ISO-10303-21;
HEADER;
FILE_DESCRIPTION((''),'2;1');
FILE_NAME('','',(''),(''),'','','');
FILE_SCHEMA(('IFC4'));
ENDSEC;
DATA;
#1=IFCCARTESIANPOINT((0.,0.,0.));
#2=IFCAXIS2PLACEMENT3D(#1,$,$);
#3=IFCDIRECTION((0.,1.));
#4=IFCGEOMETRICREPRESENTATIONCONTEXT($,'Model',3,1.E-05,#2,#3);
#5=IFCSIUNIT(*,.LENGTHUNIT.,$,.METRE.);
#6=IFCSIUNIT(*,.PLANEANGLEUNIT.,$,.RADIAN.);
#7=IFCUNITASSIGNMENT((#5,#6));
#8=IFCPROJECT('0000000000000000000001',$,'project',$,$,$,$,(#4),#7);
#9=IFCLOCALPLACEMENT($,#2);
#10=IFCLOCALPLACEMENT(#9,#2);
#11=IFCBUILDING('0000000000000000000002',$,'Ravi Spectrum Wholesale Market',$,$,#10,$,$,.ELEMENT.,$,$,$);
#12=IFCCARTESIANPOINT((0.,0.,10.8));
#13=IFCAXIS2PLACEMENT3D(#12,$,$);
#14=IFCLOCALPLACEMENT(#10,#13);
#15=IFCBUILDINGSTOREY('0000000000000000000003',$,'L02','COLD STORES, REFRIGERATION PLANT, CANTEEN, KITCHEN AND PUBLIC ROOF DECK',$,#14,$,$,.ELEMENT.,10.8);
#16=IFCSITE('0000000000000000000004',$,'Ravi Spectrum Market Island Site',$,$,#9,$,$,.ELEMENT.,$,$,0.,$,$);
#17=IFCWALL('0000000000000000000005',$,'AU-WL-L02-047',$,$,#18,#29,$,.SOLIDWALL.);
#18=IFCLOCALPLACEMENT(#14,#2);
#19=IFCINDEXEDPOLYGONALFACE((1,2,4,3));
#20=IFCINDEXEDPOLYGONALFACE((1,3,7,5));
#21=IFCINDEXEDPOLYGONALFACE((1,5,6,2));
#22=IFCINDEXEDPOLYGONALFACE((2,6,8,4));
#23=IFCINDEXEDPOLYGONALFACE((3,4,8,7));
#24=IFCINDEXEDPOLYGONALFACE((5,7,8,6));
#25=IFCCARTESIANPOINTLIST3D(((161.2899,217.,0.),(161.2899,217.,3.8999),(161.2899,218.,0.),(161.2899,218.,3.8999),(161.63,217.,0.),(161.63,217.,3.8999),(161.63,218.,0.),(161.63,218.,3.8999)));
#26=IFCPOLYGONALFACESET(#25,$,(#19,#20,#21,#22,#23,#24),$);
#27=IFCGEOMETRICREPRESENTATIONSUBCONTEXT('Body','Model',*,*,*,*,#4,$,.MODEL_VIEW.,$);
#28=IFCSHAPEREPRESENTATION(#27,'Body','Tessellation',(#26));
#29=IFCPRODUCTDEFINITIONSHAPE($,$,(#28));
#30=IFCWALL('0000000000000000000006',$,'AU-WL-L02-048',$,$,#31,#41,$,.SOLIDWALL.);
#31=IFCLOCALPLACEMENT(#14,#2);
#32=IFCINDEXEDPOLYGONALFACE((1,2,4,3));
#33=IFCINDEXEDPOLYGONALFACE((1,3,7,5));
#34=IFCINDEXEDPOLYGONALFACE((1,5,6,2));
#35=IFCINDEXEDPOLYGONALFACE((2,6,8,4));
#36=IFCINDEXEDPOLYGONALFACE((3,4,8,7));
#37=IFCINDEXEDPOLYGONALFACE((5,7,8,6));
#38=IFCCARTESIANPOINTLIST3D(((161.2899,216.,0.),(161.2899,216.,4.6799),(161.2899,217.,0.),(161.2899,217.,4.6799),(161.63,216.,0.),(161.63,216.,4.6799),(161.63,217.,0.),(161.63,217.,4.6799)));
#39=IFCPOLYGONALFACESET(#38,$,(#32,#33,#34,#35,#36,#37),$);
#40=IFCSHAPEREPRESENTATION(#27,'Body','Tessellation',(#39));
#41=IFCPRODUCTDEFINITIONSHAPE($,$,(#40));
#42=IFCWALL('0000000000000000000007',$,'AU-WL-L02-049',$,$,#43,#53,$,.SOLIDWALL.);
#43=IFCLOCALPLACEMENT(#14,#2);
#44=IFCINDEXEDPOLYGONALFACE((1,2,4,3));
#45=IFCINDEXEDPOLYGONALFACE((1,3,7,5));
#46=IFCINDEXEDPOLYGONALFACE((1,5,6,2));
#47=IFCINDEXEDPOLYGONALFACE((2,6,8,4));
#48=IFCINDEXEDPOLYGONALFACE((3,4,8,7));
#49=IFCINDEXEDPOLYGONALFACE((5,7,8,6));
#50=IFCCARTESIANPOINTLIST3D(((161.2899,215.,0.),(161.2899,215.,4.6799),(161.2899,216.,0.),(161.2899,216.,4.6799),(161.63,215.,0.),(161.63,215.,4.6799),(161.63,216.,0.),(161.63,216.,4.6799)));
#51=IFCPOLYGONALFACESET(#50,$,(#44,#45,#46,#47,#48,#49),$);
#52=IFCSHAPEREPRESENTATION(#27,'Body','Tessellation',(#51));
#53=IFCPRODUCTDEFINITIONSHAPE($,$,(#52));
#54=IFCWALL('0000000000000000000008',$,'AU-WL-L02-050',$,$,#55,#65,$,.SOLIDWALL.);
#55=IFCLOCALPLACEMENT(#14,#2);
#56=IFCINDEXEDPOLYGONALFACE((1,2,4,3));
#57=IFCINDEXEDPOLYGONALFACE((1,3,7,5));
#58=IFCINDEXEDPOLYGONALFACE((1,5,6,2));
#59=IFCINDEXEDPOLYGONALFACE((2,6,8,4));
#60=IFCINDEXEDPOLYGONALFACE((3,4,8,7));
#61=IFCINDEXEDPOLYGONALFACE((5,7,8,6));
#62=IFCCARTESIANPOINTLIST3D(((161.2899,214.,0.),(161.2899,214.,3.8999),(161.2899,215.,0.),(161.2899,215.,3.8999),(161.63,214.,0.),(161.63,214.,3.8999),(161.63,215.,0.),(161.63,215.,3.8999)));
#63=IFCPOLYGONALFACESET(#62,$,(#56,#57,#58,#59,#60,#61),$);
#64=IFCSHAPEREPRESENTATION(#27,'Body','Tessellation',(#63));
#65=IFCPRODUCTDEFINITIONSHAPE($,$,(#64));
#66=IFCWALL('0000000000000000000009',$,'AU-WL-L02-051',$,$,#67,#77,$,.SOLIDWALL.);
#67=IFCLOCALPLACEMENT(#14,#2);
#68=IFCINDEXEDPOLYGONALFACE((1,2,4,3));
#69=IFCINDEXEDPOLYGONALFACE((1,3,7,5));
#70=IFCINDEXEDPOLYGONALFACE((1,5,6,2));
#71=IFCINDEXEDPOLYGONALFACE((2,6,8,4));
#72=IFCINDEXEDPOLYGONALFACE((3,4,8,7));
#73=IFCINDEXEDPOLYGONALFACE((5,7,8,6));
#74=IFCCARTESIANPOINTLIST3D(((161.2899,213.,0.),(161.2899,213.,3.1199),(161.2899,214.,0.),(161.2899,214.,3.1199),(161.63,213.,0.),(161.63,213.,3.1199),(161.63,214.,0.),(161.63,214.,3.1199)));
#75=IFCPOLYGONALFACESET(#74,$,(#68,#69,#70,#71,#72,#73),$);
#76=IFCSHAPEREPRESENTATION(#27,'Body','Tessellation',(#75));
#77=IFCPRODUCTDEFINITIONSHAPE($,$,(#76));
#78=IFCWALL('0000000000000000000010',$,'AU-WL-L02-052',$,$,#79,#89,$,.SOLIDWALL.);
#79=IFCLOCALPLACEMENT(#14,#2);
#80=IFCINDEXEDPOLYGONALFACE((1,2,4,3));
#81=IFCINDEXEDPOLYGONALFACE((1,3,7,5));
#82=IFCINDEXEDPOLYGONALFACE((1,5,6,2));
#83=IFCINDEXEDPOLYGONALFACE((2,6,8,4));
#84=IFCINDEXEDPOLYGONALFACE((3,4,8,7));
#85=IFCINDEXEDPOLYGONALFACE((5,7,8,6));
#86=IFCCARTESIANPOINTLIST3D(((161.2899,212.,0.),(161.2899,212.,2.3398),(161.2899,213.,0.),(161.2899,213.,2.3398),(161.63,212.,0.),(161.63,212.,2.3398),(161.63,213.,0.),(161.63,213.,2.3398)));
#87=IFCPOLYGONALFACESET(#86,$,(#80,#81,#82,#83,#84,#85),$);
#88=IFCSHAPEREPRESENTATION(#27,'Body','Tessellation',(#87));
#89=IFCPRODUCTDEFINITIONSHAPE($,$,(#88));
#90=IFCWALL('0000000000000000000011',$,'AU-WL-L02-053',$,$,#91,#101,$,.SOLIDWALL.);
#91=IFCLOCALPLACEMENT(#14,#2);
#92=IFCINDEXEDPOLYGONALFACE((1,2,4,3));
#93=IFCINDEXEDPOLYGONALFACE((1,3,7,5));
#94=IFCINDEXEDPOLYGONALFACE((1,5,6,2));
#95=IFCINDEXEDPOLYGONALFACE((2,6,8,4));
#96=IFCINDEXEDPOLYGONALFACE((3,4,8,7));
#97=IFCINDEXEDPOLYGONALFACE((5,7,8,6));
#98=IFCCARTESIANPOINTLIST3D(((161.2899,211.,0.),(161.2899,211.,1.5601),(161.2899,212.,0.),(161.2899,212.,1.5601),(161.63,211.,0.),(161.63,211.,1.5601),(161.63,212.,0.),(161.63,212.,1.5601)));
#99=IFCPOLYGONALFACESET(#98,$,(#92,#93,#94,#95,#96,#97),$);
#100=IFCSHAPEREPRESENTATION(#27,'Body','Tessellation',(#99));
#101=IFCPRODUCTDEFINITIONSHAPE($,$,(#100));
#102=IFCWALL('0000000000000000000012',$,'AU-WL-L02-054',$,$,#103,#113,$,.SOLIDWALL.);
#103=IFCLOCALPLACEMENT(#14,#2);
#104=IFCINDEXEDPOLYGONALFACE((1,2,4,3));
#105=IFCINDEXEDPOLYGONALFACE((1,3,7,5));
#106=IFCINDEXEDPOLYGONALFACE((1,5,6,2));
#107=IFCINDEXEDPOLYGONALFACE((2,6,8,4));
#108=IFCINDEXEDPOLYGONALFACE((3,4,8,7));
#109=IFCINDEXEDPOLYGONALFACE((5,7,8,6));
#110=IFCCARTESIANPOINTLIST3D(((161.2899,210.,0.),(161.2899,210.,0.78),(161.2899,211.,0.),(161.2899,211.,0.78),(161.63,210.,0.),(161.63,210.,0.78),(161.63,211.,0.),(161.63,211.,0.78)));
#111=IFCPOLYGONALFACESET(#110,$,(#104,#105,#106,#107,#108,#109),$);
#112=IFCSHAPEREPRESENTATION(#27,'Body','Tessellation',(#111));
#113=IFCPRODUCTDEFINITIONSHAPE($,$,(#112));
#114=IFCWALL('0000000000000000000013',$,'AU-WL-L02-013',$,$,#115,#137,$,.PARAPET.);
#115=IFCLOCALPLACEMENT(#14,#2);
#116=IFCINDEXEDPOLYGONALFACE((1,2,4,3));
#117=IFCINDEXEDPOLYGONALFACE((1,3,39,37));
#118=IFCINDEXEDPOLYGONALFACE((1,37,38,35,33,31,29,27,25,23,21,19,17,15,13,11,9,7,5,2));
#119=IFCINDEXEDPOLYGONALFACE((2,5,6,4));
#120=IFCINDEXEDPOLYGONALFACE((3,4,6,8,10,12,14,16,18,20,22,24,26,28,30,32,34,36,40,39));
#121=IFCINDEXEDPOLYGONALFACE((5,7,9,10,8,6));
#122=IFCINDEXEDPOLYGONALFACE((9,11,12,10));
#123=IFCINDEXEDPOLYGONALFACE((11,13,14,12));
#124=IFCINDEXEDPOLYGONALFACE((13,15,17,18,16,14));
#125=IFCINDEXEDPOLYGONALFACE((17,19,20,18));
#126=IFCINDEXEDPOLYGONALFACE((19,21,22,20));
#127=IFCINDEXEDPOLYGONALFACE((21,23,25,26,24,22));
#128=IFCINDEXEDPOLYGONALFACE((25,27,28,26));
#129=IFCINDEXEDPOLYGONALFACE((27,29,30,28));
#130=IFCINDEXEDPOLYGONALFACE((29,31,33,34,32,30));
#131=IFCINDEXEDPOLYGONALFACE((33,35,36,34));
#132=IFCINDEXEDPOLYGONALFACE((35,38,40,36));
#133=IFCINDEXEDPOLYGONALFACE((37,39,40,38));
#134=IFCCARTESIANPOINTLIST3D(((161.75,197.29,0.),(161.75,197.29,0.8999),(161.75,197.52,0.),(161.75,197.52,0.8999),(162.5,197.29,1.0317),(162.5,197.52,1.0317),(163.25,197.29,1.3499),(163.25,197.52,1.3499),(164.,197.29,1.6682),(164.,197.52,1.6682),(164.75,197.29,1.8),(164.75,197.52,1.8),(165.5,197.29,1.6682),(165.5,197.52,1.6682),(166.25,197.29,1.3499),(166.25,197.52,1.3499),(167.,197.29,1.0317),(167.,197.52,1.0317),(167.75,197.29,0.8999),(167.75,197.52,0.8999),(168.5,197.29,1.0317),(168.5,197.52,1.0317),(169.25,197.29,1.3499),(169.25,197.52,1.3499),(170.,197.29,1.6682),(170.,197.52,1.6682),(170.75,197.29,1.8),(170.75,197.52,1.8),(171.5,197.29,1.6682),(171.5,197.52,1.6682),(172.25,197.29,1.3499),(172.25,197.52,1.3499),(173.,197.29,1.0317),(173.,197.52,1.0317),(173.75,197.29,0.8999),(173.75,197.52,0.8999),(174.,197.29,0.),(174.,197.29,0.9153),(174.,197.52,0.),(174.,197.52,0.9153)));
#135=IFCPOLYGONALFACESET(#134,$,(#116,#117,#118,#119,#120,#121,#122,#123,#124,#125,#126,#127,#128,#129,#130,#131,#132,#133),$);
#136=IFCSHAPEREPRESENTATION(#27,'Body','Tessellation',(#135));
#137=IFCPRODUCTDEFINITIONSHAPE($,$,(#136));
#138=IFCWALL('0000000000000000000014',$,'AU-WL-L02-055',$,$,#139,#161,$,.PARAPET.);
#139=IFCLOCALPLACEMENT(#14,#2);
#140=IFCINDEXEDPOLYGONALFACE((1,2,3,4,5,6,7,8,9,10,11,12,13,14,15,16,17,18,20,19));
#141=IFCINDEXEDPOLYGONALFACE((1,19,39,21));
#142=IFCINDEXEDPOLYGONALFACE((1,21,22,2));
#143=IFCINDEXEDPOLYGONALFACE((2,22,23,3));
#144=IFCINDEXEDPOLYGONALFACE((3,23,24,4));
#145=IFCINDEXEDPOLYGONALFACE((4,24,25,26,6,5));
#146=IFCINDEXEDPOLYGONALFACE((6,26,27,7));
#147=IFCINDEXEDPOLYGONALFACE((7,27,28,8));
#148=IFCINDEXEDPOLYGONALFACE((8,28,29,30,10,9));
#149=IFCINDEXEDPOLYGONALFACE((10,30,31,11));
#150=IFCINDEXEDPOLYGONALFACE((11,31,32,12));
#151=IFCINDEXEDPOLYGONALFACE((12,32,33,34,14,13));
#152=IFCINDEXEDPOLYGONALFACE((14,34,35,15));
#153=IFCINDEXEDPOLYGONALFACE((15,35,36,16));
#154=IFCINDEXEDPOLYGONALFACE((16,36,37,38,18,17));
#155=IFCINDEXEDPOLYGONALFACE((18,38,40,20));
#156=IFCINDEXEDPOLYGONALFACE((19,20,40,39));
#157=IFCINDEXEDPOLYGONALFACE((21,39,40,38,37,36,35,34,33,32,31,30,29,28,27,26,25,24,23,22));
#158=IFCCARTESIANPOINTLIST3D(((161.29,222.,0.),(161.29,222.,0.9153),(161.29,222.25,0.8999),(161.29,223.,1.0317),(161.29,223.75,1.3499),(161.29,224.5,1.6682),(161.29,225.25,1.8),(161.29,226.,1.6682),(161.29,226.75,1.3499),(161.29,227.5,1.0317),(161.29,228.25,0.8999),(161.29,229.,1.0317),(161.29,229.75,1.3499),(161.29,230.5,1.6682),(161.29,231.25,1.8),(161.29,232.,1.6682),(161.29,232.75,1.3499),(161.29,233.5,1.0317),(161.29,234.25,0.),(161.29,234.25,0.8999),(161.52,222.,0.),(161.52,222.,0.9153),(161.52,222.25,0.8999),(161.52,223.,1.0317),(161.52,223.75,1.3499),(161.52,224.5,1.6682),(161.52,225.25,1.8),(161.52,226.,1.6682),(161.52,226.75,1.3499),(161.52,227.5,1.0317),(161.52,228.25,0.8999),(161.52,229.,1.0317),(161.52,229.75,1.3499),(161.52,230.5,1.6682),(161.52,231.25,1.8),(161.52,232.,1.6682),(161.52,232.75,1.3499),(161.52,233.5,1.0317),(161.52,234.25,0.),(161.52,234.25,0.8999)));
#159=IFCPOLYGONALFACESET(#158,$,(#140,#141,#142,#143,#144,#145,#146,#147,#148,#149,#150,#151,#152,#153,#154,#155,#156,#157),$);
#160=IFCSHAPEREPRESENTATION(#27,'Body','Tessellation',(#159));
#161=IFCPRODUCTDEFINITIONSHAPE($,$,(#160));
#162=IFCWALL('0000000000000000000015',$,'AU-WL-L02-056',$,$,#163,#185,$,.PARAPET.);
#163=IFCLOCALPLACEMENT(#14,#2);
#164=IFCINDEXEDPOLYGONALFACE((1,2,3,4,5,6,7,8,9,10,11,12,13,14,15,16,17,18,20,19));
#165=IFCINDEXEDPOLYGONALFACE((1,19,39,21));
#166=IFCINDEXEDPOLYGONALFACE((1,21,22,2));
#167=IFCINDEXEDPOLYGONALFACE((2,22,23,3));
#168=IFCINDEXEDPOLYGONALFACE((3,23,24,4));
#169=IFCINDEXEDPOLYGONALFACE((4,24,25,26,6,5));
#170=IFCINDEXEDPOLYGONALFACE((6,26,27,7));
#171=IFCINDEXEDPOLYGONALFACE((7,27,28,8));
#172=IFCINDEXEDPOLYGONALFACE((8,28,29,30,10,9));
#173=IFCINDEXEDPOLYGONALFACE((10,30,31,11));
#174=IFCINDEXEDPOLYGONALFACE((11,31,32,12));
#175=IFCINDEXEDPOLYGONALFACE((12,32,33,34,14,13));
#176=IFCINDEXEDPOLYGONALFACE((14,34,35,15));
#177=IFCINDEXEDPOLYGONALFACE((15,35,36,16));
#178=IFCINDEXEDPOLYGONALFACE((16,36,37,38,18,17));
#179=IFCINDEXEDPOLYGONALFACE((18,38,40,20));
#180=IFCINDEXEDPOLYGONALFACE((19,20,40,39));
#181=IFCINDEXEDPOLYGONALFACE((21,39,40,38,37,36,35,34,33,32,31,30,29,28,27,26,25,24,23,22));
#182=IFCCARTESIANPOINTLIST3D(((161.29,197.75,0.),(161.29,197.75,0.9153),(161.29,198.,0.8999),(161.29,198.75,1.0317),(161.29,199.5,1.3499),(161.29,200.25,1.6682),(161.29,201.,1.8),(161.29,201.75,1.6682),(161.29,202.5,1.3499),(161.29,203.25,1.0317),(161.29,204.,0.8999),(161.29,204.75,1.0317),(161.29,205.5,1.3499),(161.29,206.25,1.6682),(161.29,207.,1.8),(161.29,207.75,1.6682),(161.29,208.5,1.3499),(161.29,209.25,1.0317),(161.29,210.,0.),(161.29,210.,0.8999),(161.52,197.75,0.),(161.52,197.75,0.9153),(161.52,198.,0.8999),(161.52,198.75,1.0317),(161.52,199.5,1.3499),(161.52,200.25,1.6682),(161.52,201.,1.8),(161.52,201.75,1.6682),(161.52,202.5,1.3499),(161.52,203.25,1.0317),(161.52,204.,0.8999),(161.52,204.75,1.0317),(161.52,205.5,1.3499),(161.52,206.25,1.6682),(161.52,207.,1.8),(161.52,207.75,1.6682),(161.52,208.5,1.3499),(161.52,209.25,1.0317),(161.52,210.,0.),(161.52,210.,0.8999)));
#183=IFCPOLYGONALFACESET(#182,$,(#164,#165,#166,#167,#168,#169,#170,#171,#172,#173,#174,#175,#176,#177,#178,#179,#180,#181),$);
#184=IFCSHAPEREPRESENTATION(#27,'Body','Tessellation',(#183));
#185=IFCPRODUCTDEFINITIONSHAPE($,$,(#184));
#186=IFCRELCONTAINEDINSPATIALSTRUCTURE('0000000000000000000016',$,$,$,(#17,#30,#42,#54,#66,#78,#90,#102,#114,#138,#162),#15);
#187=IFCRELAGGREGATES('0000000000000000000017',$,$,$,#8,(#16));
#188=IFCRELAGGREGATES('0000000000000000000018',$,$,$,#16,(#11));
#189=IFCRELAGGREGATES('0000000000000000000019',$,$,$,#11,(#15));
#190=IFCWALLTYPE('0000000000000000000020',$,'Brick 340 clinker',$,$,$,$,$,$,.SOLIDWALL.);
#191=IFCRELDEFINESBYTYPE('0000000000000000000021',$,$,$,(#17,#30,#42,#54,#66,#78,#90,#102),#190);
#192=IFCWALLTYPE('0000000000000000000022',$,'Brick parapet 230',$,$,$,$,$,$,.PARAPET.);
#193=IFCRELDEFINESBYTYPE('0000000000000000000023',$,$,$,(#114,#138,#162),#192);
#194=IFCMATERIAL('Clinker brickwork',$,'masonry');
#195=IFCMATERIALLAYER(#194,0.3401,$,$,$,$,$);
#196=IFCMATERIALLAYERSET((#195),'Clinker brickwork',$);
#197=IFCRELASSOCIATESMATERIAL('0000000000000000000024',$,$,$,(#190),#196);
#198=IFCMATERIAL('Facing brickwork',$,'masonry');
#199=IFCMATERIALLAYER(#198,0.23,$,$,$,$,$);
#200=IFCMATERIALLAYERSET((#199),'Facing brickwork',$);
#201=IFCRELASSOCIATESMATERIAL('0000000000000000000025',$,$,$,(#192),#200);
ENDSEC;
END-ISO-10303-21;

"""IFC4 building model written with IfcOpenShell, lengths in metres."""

from ifc_helpers import new_model, si_unit, direction, frame, frame_2d, origin, place, context, subcontext, project, spatial, polyline, rectangle, outline, extrude, material, layer, layer_set, type_object, element, save


model = new_model("IFC4")

# Units and contexts
model_context = context("Model", 3, precision=1e-05, world=origin(), true_north=direction((0.0, 1.0)))
body_context = subcontext(model_context, "Body", "Model", "MODEL_VIEW")
ifc_project = project(units=[si_unit("LENGTHUNIT", "METRE"), si_unit("PLANEANGLEUNIT", "RADIAN")], contexts=[model_context])

# Site, building, storey
site_placement = place(None, origin())
site = spatial("IfcSite", under=ifc_project, at=site_placement, Name="Ravi Spectrum Market Island Site", CompositionType="ELEMENT", RefElevation=0.0)
building_placement = place(site_placement, origin())
building = spatial("IfcBuilding", under=site, at=building_placement, Name="Ravi Spectrum Wholesale Market", CompositionType="ELEMENT")
storey_placement = place(building_placement, frame((0.0, 0.0, 10.8)))
storey = spatial("IfcBuildingStorey", under=building, at=storey_placement, Name="L02", Description="COLD STORES, REFRIGERATION PLANT, CANTEEN, KITCHEN AND PUBLIC ROOF DECK", CompositionType="ELEMENT", Elevation=10.8)

# Walls
ifc_material_1 = material(Name="Clinker brickwork", Category="masonry")
ifc_layer_1 = layer(ifc_material_1, 0.3401)
ifc_layer_set_1 = layer_set([ifc_layer_1], Name="Clinker brickwork")
wall_type_1 = type_object("IfcWallType", Name="Brick 340 clinker", PredefinedType="SOLIDWALL", material=ifc_layer_set_1)
wall_1_placement = place(storey_placement, frame((161.46, 218.0, 0.0), z_axis=(0.0, 0.0, 1.0), x_axis=(0.0, -1.0, 0.0)))
element("IfcWall", 1, at=wall_1_placement, inside=storey, type_object=wall_type_1, Name="AU-WL-L02-047", PredefinedType="SOLIDWALL", context=body_context, shape_type="SweptSolid", body=[
    extrude(rectangle(XDim=1.0, YDim=0.3401, at=frame_2d((0.5, 0.0))), origin(), (0.0, 0.0, 1.0), 3.8999),
])
for number, where, z_axis, x_axis, name in (
    (2, (161.46, 217.0, 0.0), (0.0, 0.0, 1.0), (0.0, -1.0, 0.0), "AU-WL-L02-048"),
    (3, (161.46, 216.0, 0.0), (0.0, 0.0, 1.0), (0.0, -1.0, 0.0), "AU-WL-L02-049"),
):
    element("IfcWall", number, at=place(storey_placement, frame(where, z_axis=z_axis, x_axis=x_axis)), inside=storey, type_object=wall_type_1, Name=name, PredefinedType="SOLIDWALL", context=body_context, shape_type="SweptSolid", body=[
        extrude(rectangle(XDim=1.0, YDim=0.3401, at=frame_2d((0.5, 0.0))), origin(), (0.0, 0.0, 1.0), 4.6799),
    ])
wall_2_placement = place(storey_placement, frame((161.46, 215.0, 0.0), z_axis=(0.0, 0.0, 1.0), x_axis=(0.0, -1.0, 0.0)))
element("IfcWall", 4, at=wall_2_placement, inside=storey, type_object=wall_type_1, Name="AU-WL-L02-050", PredefinedType="SOLIDWALL", context=body_context, shape_type="SweptSolid", body=[
    extrude(rectangle(XDim=1.0, YDim=0.3401, at=frame_2d((0.5, 0.0))), origin(), (0.0, 0.0, 1.0), 3.8999),
])
wall_3_placement = place(storey_placement, frame((161.46, 214.0, 0.0), z_axis=(0.0, 0.0, 1.0), x_axis=(0.0, -1.0, 0.0)))
element("IfcWall", 5, at=wall_3_placement, inside=storey, type_object=wall_type_1, Name="AU-WL-L02-051", PredefinedType="SOLIDWALL", context=body_context, shape_type="SweptSolid", body=[
    extrude(rectangle(XDim=1.0, YDim=0.3401, at=frame_2d((0.5, 0.0))), origin(), (0.0, 0.0, 1.0), 3.1199),
])
wall_4_placement = place(storey_placement, frame((161.46, 213.0, 0.0), z_axis=(0.0, 0.0, 1.0), x_axis=(0.0, -1.0, 0.0)))
element("IfcWall", 6, at=wall_4_placement, inside=storey, type_object=wall_type_1, Name="AU-WL-L02-052", PredefinedType="SOLIDWALL", context=body_context, shape_type="SweptSolid", body=[
    extrude(rectangle(XDim=1.0, YDim=0.3401, at=frame_2d((0.5, 0.0))), origin(), (0.0, 0.0, 1.0), 2.3398),
])
wall_5_placement = place(storey_placement, frame((161.46, 212.0, 0.0), z_axis=(0.0, 0.0, 1.0), x_axis=(0.0, -1.0, 0.0)))
element("IfcWall", 7, at=wall_5_placement, inside=storey, type_object=wall_type_1, Name="AU-WL-L02-053", PredefinedType="SOLIDWALL", context=body_context, shape_type="SweptSolid", body=[
    extrude(rectangle(XDim=1.0, YDim=0.3401, at=frame_2d((0.5, 0.0))), origin(), (0.0, 0.0, 1.0), 1.5601),
])
wall_6_placement = place(storey_placement, frame((161.46, 211.0, 0.0), z_axis=(0.0, 0.0, 1.0), x_axis=(0.0, -1.0, 0.0)))
element("IfcWall", 8, at=wall_6_placement, inside=storey, type_object=wall_type_1, Name="AU-WL-L02-054", PredefinedType="SOLIDWALL", context=body_context, shape_type="SweptSolid", body=[
    extrude(rectangle(XDim=1.0, YDim=0.3401, at=frame_2d((0.5, 0.0))), origin(), (0.0, 0.0, 1.0), 0.78),
])
ifc_material_2 = material(Name="Facing brickwork", Category="masonry")
ifc_layer_2 = layer(ifc_material_2, 0.23)
ifc_layer_set_2 = layer_set([ifc_layer_2], Name="Facing brickwork")
wall_type_2 = type_object("IfcWallType", Name="Brick parapet 230", PredefinedType="PARAPET", material=ifc_layer_set_2)
for number, where, z_axis, x_axis, name in (
    (9, (161.75, 197.405, 0.0), (0.0, 0.0, 1.0), (1.0, 0.0, 0.0), "AU-WL-L02-013"),
    (10, (161.405, 234.25, 0.0), (0.0, 0.0, 1.0), (0.0, -1.0, 0.0), "AU-WL-L02-055"),
    (11, (161.405, 210.0, 0.0), (0.0, 0.0, 1.0), (0.0, -1.0, 0.0), "AU-WL-L02-056"),
):
    element("IfcWall", number, at=place(storey_placement, frame(where, z_axis=z_axis, x_axis=x_axis)), inside=storey, type_object=wall_type_2, Name=name, PredefinedType="PARAPET", context=body_context, shape_type="SweptSolid", body=[
        extrude(outline(polyline([(0.0, 0.0), (12.25, 0.0), (12.25, 0.9153), (12.0, 0.8999), (11.25, 1.0317), (10.5, 1.3499), (9.75, 1.6682), (9.0, 1.8), (8.25, 1.6682), (7.5, 1.3499), (6.75, 1.0317), (6.0, 0.8999), (5.25, 1.0317), (4.5, 1.3499), (3.75, 1.6682), (3.0, 1.8), (2.25, 1.6682), (1.5, 1.3499), (0.75, 1.0317), (0.0, 0.8999), (0.0, 0.0)])), frame((0.0, 0.115, 0.0), z_axis=(0.0, -1.0, 0.0), x_axis=(1.0, 0.0, 0.0)), (0.0, 0.0, 1.0), 0.23),
    ])

save(model, "model.ifc")
